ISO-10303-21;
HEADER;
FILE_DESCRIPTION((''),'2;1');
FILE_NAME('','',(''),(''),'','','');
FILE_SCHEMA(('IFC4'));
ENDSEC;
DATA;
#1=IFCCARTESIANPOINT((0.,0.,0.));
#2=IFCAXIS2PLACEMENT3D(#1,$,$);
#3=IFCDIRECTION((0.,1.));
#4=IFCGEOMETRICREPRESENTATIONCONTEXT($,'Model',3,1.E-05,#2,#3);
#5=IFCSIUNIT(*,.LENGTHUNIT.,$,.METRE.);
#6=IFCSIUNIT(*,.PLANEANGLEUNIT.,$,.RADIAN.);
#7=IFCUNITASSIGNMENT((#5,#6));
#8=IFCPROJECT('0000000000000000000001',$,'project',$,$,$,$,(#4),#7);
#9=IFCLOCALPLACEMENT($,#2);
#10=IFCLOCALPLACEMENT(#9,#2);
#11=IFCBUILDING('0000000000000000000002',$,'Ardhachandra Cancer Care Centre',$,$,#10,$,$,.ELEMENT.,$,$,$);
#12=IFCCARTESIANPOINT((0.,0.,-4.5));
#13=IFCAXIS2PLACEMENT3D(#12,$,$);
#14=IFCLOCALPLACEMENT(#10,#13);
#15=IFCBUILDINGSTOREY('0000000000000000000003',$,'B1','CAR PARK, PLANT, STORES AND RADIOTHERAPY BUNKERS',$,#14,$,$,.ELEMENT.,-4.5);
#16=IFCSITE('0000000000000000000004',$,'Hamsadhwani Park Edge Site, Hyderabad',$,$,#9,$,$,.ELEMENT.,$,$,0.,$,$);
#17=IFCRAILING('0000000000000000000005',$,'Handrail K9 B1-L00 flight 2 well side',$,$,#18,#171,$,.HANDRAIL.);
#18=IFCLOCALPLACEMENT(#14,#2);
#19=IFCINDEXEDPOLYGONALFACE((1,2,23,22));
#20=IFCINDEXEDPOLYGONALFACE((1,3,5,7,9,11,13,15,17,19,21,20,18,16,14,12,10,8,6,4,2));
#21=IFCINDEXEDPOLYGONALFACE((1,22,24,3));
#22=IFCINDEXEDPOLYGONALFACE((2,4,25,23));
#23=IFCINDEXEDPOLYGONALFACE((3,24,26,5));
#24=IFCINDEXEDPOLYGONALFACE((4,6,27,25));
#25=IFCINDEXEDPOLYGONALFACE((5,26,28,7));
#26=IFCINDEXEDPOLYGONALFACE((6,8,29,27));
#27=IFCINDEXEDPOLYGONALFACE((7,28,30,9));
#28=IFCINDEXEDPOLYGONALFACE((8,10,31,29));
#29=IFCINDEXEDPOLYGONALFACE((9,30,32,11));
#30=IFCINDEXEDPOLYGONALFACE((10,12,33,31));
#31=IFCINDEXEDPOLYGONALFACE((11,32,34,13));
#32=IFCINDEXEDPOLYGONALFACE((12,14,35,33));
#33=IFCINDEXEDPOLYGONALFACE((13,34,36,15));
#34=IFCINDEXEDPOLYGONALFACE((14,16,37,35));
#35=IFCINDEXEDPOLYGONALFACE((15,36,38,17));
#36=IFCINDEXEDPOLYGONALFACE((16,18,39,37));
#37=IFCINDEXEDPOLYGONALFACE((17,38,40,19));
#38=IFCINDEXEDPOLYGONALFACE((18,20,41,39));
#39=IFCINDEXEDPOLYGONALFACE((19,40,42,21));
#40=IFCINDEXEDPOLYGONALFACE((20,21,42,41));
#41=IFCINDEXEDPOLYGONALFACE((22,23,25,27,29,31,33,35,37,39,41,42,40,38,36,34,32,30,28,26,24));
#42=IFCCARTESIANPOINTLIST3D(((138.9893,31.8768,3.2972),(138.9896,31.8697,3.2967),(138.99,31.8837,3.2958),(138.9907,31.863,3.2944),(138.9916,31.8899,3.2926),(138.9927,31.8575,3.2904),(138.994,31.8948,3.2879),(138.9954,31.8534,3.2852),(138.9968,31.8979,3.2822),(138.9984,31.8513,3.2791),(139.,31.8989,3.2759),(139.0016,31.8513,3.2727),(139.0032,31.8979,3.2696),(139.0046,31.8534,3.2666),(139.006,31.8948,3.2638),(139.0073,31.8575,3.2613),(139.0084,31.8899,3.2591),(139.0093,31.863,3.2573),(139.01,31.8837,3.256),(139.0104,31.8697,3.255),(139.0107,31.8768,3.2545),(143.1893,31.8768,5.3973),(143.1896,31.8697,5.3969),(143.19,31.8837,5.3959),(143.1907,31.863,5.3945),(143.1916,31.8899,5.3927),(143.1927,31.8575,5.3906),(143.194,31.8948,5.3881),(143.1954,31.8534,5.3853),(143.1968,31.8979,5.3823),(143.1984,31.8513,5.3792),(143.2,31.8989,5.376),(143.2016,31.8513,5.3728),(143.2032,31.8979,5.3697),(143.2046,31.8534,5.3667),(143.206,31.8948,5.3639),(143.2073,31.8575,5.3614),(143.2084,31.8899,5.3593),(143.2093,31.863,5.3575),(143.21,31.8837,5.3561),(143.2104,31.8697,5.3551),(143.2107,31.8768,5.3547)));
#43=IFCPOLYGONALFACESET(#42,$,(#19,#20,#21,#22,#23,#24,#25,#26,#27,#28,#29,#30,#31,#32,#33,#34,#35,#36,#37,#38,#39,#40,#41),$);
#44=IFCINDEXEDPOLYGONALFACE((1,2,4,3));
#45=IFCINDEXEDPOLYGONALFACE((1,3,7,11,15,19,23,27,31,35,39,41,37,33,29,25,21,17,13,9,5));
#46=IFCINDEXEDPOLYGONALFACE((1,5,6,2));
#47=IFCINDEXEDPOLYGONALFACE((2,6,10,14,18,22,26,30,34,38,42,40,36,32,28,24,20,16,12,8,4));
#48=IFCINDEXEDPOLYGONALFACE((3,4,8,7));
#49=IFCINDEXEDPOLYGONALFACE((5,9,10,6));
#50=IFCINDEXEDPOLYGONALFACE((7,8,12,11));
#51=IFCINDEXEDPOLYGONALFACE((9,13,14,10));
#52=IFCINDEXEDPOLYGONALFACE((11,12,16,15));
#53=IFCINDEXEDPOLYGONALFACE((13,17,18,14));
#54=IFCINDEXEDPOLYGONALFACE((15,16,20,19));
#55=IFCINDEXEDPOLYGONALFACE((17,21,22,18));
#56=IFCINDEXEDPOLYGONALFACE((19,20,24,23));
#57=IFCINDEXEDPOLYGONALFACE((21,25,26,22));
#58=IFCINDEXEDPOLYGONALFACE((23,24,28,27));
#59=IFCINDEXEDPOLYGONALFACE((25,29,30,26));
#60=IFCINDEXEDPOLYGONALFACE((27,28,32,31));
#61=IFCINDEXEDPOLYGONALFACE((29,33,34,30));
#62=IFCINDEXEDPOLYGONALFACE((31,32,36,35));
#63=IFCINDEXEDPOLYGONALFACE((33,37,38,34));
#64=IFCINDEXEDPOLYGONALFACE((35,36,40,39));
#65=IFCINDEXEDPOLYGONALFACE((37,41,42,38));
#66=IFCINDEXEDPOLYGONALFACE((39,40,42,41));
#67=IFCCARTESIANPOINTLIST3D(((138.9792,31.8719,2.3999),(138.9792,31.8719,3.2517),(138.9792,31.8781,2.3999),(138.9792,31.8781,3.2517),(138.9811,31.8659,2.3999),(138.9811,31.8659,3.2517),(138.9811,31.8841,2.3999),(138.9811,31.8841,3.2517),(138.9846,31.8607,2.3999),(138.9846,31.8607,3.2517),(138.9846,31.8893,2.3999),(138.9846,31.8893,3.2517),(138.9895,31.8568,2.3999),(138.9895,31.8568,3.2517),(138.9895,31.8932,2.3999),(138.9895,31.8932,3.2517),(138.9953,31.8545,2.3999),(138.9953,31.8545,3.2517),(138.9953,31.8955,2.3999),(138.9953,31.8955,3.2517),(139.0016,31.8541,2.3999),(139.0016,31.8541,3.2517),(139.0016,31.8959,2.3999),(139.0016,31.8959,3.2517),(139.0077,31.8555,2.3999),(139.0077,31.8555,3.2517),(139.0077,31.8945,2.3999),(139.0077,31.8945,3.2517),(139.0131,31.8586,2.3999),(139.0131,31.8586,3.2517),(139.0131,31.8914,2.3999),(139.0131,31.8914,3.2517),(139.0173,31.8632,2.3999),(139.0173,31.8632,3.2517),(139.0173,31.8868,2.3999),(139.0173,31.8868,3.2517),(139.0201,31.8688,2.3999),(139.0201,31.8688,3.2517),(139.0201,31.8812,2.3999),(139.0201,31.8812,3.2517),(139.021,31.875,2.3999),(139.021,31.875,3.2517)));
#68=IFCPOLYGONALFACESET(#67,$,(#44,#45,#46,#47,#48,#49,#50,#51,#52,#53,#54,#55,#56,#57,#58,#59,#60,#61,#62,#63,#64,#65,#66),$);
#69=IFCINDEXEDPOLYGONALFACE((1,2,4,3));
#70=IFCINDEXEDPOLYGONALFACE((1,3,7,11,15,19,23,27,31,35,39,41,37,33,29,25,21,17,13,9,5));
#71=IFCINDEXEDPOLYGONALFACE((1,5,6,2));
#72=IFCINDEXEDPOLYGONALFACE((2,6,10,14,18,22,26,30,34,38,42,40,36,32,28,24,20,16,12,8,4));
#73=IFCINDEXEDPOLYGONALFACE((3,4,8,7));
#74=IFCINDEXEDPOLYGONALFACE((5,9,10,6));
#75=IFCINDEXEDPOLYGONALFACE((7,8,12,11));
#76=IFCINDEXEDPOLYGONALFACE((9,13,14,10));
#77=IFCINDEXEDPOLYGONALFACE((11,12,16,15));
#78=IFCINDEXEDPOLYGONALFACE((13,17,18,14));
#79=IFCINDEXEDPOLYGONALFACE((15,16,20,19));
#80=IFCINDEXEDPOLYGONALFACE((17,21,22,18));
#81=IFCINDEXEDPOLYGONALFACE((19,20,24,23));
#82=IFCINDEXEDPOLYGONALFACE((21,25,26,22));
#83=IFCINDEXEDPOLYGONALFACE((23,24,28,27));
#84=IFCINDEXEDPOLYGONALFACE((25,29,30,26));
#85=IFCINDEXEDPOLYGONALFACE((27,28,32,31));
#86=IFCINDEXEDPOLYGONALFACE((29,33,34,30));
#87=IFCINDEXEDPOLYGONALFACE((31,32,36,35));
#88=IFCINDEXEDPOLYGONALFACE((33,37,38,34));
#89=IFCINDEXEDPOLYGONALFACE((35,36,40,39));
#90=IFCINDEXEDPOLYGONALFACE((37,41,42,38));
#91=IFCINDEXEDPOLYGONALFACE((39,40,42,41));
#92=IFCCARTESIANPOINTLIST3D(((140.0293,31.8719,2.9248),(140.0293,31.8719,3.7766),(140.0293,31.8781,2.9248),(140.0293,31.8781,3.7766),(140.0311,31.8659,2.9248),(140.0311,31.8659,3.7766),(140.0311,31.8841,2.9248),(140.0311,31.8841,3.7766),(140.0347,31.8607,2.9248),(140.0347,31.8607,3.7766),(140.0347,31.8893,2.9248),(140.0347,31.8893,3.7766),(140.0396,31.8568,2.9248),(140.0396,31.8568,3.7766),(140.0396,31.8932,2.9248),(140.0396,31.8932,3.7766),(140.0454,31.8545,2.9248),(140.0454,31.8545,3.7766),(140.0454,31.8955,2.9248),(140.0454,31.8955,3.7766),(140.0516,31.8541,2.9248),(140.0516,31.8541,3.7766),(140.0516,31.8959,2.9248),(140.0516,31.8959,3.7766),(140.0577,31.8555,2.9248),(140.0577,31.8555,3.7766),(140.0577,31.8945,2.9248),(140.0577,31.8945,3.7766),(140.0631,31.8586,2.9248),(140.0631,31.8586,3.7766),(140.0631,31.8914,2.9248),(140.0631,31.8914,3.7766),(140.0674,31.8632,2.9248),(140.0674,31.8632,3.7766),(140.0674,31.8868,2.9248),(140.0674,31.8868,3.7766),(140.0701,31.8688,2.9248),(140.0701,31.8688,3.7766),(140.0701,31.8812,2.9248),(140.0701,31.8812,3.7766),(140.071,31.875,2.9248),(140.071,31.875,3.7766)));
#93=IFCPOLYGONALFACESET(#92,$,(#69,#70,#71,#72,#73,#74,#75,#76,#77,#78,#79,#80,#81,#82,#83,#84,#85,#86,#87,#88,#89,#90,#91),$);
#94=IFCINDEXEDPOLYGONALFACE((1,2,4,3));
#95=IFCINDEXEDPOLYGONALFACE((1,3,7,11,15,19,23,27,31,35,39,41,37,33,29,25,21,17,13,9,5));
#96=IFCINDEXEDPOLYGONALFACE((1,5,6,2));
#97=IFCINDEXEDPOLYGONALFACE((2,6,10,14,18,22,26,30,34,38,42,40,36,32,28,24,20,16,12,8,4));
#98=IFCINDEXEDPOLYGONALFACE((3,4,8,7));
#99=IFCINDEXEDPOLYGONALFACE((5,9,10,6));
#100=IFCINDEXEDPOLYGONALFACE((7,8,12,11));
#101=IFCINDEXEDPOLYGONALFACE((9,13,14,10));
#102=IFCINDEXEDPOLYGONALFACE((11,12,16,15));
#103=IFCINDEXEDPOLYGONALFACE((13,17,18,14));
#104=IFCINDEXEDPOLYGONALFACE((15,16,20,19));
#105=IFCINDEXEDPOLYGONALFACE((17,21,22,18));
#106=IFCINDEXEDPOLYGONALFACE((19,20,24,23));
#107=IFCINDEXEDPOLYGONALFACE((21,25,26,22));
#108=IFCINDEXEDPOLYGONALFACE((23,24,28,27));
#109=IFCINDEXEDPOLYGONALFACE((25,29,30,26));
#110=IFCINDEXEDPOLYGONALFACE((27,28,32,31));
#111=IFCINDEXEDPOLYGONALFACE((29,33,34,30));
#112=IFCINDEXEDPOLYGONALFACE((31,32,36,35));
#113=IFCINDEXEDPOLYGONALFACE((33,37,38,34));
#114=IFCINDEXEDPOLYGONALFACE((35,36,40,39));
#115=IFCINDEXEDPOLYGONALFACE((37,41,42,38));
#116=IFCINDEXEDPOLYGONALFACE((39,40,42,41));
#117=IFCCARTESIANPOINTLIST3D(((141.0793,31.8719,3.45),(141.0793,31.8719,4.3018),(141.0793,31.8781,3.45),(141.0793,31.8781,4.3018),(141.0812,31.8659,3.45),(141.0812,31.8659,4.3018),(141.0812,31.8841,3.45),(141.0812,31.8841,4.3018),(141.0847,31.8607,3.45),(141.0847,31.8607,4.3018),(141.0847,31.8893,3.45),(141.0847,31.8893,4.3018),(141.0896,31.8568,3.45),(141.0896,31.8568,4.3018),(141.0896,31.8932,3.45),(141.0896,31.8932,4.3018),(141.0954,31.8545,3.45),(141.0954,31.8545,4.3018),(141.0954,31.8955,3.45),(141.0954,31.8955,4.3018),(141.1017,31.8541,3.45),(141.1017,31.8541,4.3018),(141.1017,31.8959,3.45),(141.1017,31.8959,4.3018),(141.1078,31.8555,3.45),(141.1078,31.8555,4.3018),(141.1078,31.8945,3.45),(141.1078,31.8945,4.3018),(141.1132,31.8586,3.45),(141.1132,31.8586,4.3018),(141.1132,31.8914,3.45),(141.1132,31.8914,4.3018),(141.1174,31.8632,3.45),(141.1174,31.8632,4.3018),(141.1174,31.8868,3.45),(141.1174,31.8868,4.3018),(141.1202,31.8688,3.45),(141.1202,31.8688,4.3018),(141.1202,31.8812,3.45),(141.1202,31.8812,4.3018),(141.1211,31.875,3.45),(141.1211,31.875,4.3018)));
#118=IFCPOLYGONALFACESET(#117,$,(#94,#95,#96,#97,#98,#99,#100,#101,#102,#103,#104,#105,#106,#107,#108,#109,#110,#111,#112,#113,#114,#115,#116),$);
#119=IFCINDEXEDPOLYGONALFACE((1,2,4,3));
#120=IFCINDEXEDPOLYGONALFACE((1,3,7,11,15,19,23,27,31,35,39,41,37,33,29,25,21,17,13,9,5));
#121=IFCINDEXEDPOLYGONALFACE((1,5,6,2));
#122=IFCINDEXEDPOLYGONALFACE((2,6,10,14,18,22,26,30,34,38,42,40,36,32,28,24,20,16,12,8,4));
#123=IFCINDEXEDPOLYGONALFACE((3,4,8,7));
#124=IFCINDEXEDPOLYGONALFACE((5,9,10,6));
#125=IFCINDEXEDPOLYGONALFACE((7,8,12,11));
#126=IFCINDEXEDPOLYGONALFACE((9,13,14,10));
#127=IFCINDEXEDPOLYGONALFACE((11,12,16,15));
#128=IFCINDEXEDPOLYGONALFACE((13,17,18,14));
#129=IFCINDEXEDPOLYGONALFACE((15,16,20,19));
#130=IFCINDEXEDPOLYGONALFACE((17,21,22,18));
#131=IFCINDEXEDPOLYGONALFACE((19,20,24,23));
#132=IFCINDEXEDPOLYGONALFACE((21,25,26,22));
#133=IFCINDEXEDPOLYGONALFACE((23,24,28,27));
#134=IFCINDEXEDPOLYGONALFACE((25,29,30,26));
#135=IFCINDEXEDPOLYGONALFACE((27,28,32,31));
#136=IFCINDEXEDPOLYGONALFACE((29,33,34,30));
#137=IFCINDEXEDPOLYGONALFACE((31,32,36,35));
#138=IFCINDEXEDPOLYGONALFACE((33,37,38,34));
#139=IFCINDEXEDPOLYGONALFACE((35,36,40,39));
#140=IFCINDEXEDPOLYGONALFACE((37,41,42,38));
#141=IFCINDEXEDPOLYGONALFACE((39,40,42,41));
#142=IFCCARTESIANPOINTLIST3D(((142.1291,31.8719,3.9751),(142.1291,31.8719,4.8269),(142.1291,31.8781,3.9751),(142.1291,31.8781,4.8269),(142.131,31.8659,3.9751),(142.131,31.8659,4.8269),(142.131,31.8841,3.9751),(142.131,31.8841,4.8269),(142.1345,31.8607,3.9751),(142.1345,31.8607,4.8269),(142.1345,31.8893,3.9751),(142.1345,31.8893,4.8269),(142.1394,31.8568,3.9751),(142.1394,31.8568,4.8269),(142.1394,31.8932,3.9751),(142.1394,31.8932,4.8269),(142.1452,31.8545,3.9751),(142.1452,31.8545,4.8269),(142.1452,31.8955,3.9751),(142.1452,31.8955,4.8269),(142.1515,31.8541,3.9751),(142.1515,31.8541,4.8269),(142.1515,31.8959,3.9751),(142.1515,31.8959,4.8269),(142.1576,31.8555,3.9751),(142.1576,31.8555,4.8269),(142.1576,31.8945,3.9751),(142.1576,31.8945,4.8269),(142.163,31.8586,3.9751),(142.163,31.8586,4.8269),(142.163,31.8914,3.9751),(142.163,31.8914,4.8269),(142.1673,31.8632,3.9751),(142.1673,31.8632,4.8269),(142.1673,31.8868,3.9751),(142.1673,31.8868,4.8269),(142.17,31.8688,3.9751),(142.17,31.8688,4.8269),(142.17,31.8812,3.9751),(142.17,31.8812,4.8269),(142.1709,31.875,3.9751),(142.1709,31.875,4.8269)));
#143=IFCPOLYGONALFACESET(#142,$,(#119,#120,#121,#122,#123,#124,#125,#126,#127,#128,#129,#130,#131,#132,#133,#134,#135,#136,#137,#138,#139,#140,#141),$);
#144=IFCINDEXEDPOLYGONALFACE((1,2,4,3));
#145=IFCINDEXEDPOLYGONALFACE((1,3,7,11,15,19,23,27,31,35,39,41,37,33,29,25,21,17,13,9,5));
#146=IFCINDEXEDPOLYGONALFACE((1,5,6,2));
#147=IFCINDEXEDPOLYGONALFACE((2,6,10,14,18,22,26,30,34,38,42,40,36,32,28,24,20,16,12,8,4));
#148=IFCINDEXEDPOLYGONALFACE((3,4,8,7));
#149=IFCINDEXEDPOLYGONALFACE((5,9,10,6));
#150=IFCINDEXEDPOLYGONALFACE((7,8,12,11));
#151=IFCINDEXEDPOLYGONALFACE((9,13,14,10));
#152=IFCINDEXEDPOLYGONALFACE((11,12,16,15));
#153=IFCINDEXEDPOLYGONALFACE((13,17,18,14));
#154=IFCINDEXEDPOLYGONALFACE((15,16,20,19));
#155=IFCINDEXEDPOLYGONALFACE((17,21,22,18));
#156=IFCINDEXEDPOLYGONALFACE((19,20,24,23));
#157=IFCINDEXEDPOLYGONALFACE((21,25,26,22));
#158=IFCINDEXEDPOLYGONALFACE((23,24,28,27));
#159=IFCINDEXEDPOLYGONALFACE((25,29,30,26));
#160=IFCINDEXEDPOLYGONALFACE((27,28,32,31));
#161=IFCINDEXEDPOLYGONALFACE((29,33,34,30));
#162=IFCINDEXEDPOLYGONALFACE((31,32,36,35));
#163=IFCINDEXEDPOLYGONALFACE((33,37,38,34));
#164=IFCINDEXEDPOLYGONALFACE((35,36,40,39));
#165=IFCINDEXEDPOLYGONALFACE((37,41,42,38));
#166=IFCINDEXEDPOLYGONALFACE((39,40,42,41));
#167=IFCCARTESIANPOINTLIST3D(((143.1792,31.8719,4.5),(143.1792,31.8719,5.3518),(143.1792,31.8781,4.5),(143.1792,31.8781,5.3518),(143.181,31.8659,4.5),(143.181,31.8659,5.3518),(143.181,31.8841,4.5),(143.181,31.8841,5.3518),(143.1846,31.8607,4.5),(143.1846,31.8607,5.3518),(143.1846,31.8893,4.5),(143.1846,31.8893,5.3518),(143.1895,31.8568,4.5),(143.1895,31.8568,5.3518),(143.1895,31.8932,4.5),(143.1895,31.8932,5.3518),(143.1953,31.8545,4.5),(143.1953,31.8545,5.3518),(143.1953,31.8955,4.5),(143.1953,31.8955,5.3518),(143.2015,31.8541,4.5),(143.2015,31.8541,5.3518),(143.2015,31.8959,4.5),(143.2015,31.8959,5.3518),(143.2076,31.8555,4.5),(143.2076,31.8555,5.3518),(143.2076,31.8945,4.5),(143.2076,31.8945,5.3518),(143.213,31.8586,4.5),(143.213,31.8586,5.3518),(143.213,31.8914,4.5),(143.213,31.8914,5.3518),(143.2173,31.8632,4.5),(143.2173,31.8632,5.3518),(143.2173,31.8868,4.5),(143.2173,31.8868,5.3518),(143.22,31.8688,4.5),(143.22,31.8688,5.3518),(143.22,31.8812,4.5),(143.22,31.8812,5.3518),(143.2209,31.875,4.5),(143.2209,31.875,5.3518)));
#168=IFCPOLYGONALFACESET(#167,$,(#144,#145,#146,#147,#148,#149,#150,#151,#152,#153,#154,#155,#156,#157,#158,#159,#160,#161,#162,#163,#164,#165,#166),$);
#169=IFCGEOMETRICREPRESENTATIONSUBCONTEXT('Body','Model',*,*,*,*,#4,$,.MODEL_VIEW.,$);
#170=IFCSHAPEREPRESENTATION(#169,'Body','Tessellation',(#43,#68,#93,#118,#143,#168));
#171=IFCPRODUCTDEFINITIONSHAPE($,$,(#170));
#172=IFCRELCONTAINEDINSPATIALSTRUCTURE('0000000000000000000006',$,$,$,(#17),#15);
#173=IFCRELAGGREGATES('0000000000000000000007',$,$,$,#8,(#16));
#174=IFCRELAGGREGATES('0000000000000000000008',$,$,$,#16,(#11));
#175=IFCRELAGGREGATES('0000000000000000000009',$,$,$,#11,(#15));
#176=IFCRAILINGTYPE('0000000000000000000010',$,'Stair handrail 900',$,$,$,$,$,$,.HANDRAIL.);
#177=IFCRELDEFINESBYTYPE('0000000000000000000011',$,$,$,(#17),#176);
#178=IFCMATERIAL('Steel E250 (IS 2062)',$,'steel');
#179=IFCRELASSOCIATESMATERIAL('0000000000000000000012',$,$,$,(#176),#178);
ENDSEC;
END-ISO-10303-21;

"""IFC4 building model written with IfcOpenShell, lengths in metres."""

from ifc_helpers import new_model, si_unit, direction, frame, origin, origin_2d, place, context, subcontext, project, spatial, circle, extrude, material, type_object, element, save


model = new_model("IFC4")

# Units and contexts
model_context = context("Model", 3, precision=1e-05, world=origin(), true_north=direction((0.0, 1.0)))
body_context = subcontext(model_context, "Body", "Model", "MODEL_VIEW")
ifc_project = project(units=[si_unit("LENGTHUNIT", "METRE"), si_unit("PLANEANGLEUNIT", "RADIAN")], contexts=[model_context])

# Site, building, storey
site_placement = place(None, origin())
site = spatial("IfcSite", under=ifc_project, at=site_placement, Name="Hamsadhwani Park Edge Site, Hyderabad", CompositionType="ELEMENT", RefElevation=0.0)
building_placement = place(site_placement, origin())
building = spatial("IfcBuilding", under=site, at=building_placement, Name="Ardhachandra Cancer Care Centre", CompositionType="ELEMENT")
storey_placement = place(building_placement, frame((0.0, 0.0, -4.5)))
storey = spatial("IfcBuildingStorey", under=building, at=storey_placement, Name="B1", Description="CAR PARK, PLANT, STORES AND RADIOTHERAPY BUNKERS", CompositionType="ELEMENT", Elevation=-4.5)

# Railing
ifc_material_1 = material(Name="Steel E250 (IS 2062)", Category="steel")
railing_type = type_object("IfcRailingType", Name="Stair handrail 900", PredefinedType="HANDRAIL", material=ifc_material_1)
for number, where, name in (
    (1, (139.0, 31.875, 2.3999), "Handrail K9 B1-L00 flight 2 well side"),
):
    element("IfcRailing", number, at=place(storey_placement, frame(where)), inside=storey, type_object=railing_type, Name=name, PredefinedType="HANDRAIL", context=body_context, shape_type="SweptSolid", body=[
        extrude(circle(Radius=0.0239, at=origin_2d()), frame((0.0, 0.0, 0.876), z_axis=(0.894417, 0.0, 0.447234), x_axis=(0.0, 1.0, 0.0)), (0.0, 0.0, 1.0), 4.6958),
        extrude(circle(Radius=0.021, at=origin_2d()), origin(), (0.0, 0.0, 1.0), 0.8518),
        extrude(circle(Radius=0.021, at=origin_2d()), frame((1.05, 0.0, 0.5249)), (0.0, 0.0, 1.0), 0.8518),
        extrude(circle(Radius=0.021, at=origin_2d()), frame((2.1001, 0.0, 1.05)), (0.0, 0.0, 1.0), 0.8518),
        extrude(circle(Radius=0.021, at=origin_2d()), frame((3.1499, 0.0, 1.5752)), (0.0, 0.0, 1.0), 0.8518),
        extrude(circle(Radius=0.021, at=origin_2d()), frame((4.2, 0.0, 2.1001)), (0.0, 0.0, 1.0), 0.8518),
    ])

save(model, "model.ifc")
